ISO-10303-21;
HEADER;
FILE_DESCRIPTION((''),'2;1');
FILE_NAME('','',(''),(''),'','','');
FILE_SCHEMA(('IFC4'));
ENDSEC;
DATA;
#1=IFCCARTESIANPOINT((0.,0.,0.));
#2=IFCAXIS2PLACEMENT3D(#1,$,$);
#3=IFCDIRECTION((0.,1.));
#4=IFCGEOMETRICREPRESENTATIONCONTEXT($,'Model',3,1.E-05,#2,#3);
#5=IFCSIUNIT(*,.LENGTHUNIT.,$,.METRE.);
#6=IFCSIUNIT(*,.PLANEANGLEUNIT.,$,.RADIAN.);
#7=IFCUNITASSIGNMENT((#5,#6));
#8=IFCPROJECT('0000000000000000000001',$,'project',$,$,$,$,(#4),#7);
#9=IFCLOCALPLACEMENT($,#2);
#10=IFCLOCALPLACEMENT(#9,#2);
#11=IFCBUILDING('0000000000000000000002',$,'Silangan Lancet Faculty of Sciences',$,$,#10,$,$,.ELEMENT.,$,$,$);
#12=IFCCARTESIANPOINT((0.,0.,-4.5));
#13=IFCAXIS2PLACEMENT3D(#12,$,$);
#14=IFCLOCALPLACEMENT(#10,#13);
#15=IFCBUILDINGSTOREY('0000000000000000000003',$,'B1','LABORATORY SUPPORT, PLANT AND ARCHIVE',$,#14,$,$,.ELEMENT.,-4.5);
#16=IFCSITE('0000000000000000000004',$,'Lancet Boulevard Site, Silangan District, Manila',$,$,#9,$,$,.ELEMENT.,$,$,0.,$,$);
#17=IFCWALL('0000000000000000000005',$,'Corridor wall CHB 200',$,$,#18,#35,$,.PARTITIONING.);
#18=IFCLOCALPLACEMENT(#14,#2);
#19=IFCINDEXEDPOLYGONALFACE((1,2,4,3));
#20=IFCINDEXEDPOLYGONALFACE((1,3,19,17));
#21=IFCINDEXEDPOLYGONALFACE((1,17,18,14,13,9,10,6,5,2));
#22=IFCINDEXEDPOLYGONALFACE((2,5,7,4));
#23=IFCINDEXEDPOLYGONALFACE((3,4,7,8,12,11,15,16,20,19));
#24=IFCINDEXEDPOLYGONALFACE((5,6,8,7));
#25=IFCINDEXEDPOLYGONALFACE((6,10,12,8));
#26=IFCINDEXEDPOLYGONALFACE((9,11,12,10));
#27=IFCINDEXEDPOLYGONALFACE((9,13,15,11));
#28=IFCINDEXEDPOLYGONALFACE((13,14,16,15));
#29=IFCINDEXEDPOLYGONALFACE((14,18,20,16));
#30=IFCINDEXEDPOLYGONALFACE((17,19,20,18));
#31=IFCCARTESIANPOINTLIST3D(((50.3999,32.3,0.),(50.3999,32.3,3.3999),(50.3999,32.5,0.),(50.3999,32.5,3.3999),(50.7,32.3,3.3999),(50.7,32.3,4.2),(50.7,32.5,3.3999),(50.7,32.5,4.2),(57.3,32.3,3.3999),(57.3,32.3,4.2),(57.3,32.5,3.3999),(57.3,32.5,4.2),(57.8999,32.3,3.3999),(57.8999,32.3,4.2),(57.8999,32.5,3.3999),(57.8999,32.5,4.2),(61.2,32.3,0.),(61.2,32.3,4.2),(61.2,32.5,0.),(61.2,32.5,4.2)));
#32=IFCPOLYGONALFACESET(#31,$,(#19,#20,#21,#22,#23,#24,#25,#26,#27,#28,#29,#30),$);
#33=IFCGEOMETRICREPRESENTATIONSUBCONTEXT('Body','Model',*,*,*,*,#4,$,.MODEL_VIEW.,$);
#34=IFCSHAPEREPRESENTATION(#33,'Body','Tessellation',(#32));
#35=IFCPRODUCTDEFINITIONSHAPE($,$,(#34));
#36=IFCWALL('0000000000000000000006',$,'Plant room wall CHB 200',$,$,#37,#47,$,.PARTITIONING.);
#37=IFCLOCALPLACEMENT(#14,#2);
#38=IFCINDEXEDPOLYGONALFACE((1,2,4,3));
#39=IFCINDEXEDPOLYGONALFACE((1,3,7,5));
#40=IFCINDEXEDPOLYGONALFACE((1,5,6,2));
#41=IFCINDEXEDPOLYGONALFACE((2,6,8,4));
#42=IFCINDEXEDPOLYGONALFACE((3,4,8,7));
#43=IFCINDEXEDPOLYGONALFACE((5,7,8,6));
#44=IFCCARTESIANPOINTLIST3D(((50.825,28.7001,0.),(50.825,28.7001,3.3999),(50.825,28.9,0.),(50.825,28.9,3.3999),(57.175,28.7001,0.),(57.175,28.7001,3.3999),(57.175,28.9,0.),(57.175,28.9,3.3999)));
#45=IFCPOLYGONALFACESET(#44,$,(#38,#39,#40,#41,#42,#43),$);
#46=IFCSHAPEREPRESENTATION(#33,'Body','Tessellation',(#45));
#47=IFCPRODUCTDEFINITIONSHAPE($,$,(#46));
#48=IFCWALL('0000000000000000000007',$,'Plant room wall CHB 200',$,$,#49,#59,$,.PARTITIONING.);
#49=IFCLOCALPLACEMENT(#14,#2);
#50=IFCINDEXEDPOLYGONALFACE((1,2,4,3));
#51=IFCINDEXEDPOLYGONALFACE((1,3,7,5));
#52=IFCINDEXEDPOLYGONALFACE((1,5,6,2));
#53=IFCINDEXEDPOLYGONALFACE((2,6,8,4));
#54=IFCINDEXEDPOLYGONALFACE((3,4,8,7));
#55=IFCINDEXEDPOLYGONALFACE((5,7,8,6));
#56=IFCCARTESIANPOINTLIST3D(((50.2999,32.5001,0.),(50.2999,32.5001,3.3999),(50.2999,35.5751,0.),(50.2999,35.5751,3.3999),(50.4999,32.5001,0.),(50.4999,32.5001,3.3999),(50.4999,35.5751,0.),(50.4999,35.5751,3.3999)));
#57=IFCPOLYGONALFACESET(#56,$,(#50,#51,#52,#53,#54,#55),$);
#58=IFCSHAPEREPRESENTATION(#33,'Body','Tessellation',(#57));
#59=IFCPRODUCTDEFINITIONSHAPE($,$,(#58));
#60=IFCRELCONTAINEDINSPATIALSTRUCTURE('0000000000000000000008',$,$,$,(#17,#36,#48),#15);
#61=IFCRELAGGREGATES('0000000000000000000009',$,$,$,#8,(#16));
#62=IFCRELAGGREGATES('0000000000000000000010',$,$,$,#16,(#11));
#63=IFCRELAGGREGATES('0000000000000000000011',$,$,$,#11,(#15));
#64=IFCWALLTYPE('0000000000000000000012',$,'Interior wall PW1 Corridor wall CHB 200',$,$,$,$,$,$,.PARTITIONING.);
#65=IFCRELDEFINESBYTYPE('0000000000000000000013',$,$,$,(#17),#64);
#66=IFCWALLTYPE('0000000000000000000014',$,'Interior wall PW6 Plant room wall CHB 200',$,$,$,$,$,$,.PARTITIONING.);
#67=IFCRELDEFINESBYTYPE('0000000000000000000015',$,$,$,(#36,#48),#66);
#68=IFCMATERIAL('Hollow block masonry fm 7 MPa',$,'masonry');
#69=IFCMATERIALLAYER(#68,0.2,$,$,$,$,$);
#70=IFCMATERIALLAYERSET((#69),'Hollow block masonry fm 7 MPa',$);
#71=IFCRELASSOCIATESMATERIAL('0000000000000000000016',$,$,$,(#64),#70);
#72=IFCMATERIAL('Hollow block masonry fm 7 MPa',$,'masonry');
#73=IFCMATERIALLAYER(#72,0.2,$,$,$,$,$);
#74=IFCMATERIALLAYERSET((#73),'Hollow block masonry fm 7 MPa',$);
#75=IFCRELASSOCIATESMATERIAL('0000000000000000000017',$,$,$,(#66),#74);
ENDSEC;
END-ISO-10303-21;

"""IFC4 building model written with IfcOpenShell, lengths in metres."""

from ifc_helpers import new_model, si_unit, direction, frame, frame_2d, origin, place, context, subcontext, project, spatial, polyline, rectangle, outline, extrude, material, layer, layer_set, type_object, element, save


model = new_model("IFC4")

# Units and contexts
model_context = context("Model", 3, precision=1e-05, world=origin(), true_north=direction((0.0, 1.0)))
body_context = subcontext(model_context, "Body", "Model", "MODEL_VIEW")
ifc_project = project(units=[si_unit("LENGTHUNIT", "METRE"), si_unit("PLANEANGLEUNIT", "RADIAN")], contexts=[model_context])

# Site, building, storey
site_placement = place(None, origin())
site = spatial("IfcSite", under=ifc_project, at=site_placement, Name="Lancet Boulevard Site, Silangan District, Manila", CompositionType="ELEMENT", RefElevation=0.0)
building_placement = place(site_placement, origin())
building = spatial("IfcBuilding", under=site, at=building_placement, Name="Silangan Lancet Faculty of Sciences", CompositionType="ELEMENT")
storey_placement = place(building_placement, frame((0.0, 0.0, -4.5)))
storey = spatial("IfcBuildingStorey", under=building, at=storey_placement, Name="B1", Description="LABORATORY SUPPORT, PLANT AND ARCHIVE", CompositionType="ELEMENT", Elevation=-4.5)

# Walls
ifc_material_1 = material(Name="Hollow block masonry fm 7 MPa", Category="masonry")
ifc_layer_1 = layer(ifc_material_1, 0.2)
ifc_layer_set_1 = layer_set([ifc_layer_1], Name="Hollow block masonry fm 7 MPa")
wall_type_1 = type_object("IfcWallType", Name="Interior wall PW1 Corridor wall CHB 200", PredefinedType="PARTITIONING", material=ifc_layer_set_1)
wall_1_placement = place(storey_placement, frame((50.3999, 32.3999, 0.0), z_axis=(0.0, 0.0, 1.0), x_axis=(1.0, 0.0, 0.0)))
element("IfcWall", 1, at=wall_1_placement, inside=storey, type_object=wall_type_1, Name="Corridor wall CHB 200", PredefinedType="PARTITIONING", context=body_context, shape_type="SweptSolid", body=[
    extrude(outline(polyline([(0.0, 0.0), (10.8, 0.0), (10.8, 4.2), (7.5, 4.2), (7.5, 3.3999), (6.9001, 3.3999), (6.9001, 4.2), (0.3, 4.2), (0.3, 3.3999), (0.0, 3.3999), (0.0, 0.0)])), frame((0.0, 0.1001, 0.0), z_axis=(0.0, -1.0, 0.0), x_axis=(1.0, 0.0, 0.0)), (0.0, 0.0, 1.0), 0.2),
])
ifc_material_2 = material(Name="Hollow block masonry fm 7 MPa", Category="masonry")
ifc_layer_2 = layer(ifc_material_2, 0.2)
ifc_layer_set_2 = layer_set([ifc_layer_2], Name="Hollow block masonry fm 7 MPa")
wall_type_2 = type_object("IfcWallType", Name="Interior wall PW6 Plant room wall CHB 200", PredefinedType="PARTITIONING", material=ifc_layer_set_2)
wall_2_placement = place(storey_placement, frame((50.825, 28.8, 0.0), z_axis=(0.0, 0.0, 1.0), x_axis=(1.0, 0.0, 0.0)))
element("IfcWall", 2, at=wall_2_placement, inside=storey, type_object=wall_type_2, Name="Plant room wall CHB 200", PredefinedType="PARTITIONING", context=body_context, shape_type="SweptSolid", body=[
    extrude(rectangle(XDim=6.3501, YDim=0.2, at=frame_2d((3.175, 0.0))), origin(), (0.0, 0.0, 1.0), 3.3999),
])
wall_3_placement = place(storey_placement, frame((50.3999, 32.5, 0.0), z_axis=(0.0, 0.0, 1.0), x_axis=(0.0, 1.0, 0.0)))
element("IfcWall", 3, at=wall_3_placement, inside=storey, type_object=wall_type_2, Name="Plant room wall CHB 200", PredefinedType="PARTITIONING", context=body_context, shape_type="SweptSolid", body=[
    extrude(rectangle(XDim=3.075, YDim=0.2, at=frame_2d((1.5376, 0.0))), origin(), (0.0, 0.0, 1.0), 3.3999),
])

save(model, "model.ifc")
